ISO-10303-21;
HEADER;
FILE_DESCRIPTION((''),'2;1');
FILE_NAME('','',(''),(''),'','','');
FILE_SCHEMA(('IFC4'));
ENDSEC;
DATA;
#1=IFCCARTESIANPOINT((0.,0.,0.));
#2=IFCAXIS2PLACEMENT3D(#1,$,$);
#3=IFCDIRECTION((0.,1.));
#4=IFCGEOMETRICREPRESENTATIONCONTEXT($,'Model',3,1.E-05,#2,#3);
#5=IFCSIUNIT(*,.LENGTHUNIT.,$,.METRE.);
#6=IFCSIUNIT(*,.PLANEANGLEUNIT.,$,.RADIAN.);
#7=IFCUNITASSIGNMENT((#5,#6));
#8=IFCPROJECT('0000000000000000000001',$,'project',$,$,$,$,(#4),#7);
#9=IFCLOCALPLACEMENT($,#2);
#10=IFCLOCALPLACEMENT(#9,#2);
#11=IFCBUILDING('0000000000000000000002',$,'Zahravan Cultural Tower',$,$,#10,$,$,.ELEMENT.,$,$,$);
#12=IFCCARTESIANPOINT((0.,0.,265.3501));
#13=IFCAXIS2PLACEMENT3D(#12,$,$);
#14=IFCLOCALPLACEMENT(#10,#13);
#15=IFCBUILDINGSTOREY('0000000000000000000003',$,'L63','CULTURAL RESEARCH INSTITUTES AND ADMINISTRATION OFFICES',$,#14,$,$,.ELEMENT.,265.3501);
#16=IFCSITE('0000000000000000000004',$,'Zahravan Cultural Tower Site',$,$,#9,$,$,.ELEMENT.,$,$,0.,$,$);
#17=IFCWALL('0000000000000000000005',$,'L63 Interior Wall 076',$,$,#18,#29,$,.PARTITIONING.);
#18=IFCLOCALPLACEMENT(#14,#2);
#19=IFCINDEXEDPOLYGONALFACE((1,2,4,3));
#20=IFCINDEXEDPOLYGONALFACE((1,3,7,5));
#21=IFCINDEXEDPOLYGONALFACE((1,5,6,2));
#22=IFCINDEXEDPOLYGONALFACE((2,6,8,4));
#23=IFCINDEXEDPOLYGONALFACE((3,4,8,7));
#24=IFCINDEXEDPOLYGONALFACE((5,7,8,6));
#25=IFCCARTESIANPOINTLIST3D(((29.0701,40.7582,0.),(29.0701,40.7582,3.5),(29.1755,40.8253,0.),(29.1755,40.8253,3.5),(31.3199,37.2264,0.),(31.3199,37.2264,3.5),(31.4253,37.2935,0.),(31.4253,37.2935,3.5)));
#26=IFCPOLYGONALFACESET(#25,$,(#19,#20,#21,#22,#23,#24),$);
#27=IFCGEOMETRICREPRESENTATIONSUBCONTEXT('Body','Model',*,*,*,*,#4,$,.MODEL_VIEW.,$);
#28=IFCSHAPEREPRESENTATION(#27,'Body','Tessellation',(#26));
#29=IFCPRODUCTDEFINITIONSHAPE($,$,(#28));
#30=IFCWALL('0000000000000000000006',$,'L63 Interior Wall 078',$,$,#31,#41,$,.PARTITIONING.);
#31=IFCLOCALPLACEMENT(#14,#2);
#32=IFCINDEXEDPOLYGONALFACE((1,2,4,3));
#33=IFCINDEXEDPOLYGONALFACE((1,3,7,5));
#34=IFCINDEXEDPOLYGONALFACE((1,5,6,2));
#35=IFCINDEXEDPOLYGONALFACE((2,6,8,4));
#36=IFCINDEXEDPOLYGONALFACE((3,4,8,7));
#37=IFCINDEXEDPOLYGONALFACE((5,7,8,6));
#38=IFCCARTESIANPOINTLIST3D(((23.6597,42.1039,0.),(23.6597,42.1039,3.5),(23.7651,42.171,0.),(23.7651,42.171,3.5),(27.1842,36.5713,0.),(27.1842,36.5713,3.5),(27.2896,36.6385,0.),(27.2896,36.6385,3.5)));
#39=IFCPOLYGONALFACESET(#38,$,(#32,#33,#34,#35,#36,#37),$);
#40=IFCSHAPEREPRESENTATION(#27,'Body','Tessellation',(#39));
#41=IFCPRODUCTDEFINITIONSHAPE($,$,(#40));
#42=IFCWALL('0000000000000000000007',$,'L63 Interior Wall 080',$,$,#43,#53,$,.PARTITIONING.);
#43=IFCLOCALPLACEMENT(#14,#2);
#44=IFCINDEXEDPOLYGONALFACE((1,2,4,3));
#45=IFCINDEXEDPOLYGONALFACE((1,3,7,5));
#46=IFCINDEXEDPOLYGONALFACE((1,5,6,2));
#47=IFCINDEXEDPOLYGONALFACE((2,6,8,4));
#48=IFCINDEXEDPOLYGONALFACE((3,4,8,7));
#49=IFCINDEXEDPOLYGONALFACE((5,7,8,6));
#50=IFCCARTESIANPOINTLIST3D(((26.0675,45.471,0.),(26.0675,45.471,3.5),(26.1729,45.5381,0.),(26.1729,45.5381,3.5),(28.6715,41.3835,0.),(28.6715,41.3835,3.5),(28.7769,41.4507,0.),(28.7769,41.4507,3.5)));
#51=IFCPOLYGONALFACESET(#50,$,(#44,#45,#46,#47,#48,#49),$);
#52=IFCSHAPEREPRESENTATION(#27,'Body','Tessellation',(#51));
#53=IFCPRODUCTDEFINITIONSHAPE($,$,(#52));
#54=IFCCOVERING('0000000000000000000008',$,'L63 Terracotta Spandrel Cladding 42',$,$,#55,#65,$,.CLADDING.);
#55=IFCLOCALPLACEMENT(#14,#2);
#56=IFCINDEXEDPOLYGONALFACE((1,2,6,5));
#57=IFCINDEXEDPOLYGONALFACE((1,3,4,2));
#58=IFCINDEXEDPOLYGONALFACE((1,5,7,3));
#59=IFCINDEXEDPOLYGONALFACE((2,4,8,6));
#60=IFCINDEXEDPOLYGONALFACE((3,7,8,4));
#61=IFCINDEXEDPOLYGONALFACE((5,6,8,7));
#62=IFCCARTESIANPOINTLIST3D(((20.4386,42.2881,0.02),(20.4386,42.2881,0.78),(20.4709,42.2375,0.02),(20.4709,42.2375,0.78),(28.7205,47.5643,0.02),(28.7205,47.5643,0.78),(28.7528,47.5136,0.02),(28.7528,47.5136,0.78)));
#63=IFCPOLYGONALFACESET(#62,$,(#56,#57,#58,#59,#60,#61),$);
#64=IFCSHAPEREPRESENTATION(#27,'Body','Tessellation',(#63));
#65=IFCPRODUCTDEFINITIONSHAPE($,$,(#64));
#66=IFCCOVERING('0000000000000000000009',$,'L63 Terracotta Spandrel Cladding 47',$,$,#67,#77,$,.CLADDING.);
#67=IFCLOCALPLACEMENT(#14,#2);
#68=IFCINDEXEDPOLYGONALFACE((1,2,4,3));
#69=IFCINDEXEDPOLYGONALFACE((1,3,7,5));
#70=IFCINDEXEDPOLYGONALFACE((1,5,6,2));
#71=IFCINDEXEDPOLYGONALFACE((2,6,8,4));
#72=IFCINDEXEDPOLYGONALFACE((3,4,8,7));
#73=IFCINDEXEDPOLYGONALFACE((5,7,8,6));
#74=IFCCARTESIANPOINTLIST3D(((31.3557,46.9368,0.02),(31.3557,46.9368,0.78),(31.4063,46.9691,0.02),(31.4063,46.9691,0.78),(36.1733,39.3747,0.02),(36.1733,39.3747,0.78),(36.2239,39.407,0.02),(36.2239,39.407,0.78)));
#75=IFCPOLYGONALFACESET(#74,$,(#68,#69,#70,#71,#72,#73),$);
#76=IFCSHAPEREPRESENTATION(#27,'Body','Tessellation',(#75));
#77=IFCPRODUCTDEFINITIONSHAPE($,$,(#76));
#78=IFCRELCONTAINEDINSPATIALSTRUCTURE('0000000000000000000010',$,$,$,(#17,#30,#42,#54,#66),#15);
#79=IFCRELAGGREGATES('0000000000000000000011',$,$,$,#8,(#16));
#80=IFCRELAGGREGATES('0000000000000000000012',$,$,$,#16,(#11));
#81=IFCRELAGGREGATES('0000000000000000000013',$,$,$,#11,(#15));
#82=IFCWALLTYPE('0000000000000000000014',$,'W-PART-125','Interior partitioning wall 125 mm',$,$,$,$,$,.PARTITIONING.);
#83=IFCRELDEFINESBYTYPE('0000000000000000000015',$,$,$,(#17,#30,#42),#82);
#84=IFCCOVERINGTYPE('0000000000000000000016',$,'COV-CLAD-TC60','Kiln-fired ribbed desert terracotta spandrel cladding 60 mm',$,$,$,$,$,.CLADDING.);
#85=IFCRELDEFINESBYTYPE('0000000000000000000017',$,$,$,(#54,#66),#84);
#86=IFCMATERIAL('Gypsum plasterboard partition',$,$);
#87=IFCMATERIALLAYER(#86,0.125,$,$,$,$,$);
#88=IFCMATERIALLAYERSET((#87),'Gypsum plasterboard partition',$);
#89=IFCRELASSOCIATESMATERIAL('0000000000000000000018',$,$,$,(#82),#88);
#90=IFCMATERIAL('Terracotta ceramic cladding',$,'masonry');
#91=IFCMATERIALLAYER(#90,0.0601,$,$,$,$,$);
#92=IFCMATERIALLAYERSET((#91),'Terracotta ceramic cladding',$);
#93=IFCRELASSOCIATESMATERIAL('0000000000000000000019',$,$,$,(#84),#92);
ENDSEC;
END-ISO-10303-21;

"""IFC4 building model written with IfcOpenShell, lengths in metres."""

from ifc_helpers import new_model, si_unit, direction, frame, frame_2d, origin, origin_2d, place, context, subcontext, project, spatial, rectangle, extrude, source, transform, mapped, material, layer, layer_set, type_object, element, save


model = new_model("IFC4")

# Units and contexts
model_context = context("Model", 3, precision=1e-05, world=origin(), true_north=direction((0.0, 1.0)))
body_context = subcontext(model_context, "Body", "Model", "MODEL_VIEW")
ifc_project = project(units=[si_unit("LENGTHUNIT", "METRE"), si_unit("PLANEANGLEUNIT", "RADIAN")], contexts=[model_context])

# Site, building, storey
site_placement = place(None, origin())
site = spatial("IfcSite", under=ifc_project, at=site_placement, Name="Zahravan Cultural Tower Site", CompositionType="ELEMENT", RefElevation=0.0)
building_placement = place(site_placement, origin())
building = spatial("IfcBuilding", under=site, at=building_placement, Name="Zahravan Cultural Tower", CompositionType="ELEMENT")
storey_placement = place(building_placement, frame((0.0, 0.0, 265.3501)))
storey = spatial("IfcBuildingStorey", under=building, at=storey_placement, Name="L63", Description="CULTURAL RESEARCH INSTITUTES AND ADMINISTRATION OFFICES", CompositionType="ELEMENT", Elevation=265.3501)

# Shared definitions
ifc_material_1 = material(Name="Gypsum plasterboard partition")
ifc_layer_1 = layer(ifc_material_1, 0.125)
ifc_layer_set_1 = layer_set([ifc_layer_1], Name="Gypsum plasterboard partition")
wall_type_1 = type_object("IfcWallType", Name="W-PART-125", Description="Interior partitioning wall 125 mm", PredefinedType="PARTITIONING", material=ifc_layer_set_1)

# Walls
shared_shape_1 = source(origin(), body_context, "Body", "SweptSolid", [
    extrude(rectangle(XDim=4.1875, YDim=0.125, at=frame_2d((2.0938, 0.0))), origin(), (0.0, 0.0, 1.0), 3.5),
])
wall_1_placement = place(storey_placement, frame((29.1228, 40.7917, 0.0), z_axis=(0.0, 0.0, 1.0), x_axis=(0.537264, -0.843414, 0.0)))
element("IfcWall", 1, at=wall_1_placement, inside=storey, type_object=wall_type_1, Name="L63 Interior Wall 076", PredefinedType="PARTITIONING", context=body_context, shape_type="MappedRepresentation", body=[
    mapped(shared_shape_1, transform((0.0, 0.0, 0.0), x_axis=(1.0, 0.0, 0.0), y_axis=(0.0, 1.0, 0.0), z_axis=(0.0, 0.0, 1.0), scale=1.0)),
])
shared_shape_2 = source(origin(), body_context, "Body", "SweptSolid", [
    extrude(rectangle(XDim=6.5598, YDim=0.125, at=frame_2d((3.2798, 0.0))), origin(), (0.0, 0.0, 1.0), 3.5),
])
wall_2_placement = place(storey_placement, frame((27.2368, 36.605, 0.0), z_axis=(0.0, 0.0, 1.0), x_axis=(-0.537282, 0.843402, 0.0)))
element("IfcWall", 2, at=wall_2_placement, inside=storey, type_object=wall_type_1, Name="L63 Interior Wall 078", PredefinedType="PARTITIONING", context=body_context, shape_type="MappedRepresentation", body=[
    mapped(shared_shape_2, transform((0.0, 0.0, 0.0), x_axis=(1.0, 0.0, 0.0), y_axis=(0.0, 1.0, 0.0), z_axis=(0.0, 0.0, 1.0), scale=1.0)),
])
shared_shape_3 = source(origin(), body_context, "Body", "SweptSolid", [
    extrude(rectangle(XDim=4.8464, YDim=0.125, at=frame_2d((2.4233, 0.0))), origin(), (0.0, 0.0, 1.0), 3.5),
])
wall_3_placement = place(storey_placement, frame((26.1201, 45.5046, 0.0), z_axis=(0.0, 0.0, 1.0), x_axis=(0.537306, -0.843388, 0.0)))
element("IfcWall", 3, at=wall_3_placement, inside=storey, type_object=wall_type_1, Name="L63 Interior Wall 080", PredefinedType="PARTITIONING", context=body_context, shape_type="MappedRepresentation", body=[
    mapped(shared_shape_3, transform((0.0, 0.0, 0.0), x_axis=(1.0, 0.0, 0.0), y_axis=(0.0, 1.0, 0.0), z_axis=(0.0, 0.0, 1.0), scale=1.0)),
])

# Coverings
ifc_material_2 = material(Name="Terracotta ceramic cladding", Category="masonry")
ifc_layer_2 = layer(ifc_material_2, 0.0601)
ifc_layer_set_2 = layer_set([ifc_layer_2], Name="Terracotta ceramic cladding")
covering_type = type_object("IfcCoveringType", Name="COV-CLAD-TC60", Description="Kiln-fired ribbed desert terracotta spandrel cladding 60 mm", PredefinedType="CLADDING", material=ifc_layer_set_2)
shared_shape_4 = source(origin(), body_context, "Body", "SweptSolid", [
    extrude(rectangle(XDim=9.8198, YDim=0.0601, at=origin_2d()), origin(), (0.0, 0.0, 1.0), 0.76),
])
covering_1_placement = place(storey_placement, frame((24.5957, 44.9009, 0.02), z_axis=(0.0, 0.0, 1.0), x_axis=(0.843391, 0.5373, 0.0)))
element("IfcCovering", 4, at=covering_1_placement, inside=storey, type_object=covering_type, Name="L63 Terracotta Spandrel Cladding 42", PredefinedType="CLADDING", context=body_context, shape_type="MappedRepresentation", body=[
    mapped(shared_shape_4, transform((0.0, 0.0, 0.0), x_axis=(1.0, 0.0, 0.0), y_axis=(0.0, 1.0, 0.0), z_axis=(0.0, 0.0, 1.0), scale=1.0)),
])
shared_shape_5 = source(origin(), body_context, "Body", "SweptSolid", [
    extrude(rectangle(XDim=8.9663, YDim=0.0601, at=origin_2d()), origin(), (0.0, 0.0, 1.0), 0.76),
])
covering_2_placement = place(storey_placement, frame((33.7898, 43.1719, 0.02), z_axis=(0.0, 0.0, 1.0), x_axis=(0.5373, -0.843391, 0.0)))
element("IfcCovering", 5, at=covering_2_placement, inside=storey, type_object=covering_type, Name="L63 Terracotta Spandrel Cladding 47", PredefinedType="CLADDING", context=body_context, shape_type="MappedRepresentation", body=[
    mapped(shared_shape_5, transform((0.0, 0.0, 0.0), x_axis=(1.0, 0.0, 0.0), y_axis=(0.0, 1.0, 0.0), z_axis=(0.0, 0.0, 1.0), scale=1.0)),
])

save(model, "model.ifc")
